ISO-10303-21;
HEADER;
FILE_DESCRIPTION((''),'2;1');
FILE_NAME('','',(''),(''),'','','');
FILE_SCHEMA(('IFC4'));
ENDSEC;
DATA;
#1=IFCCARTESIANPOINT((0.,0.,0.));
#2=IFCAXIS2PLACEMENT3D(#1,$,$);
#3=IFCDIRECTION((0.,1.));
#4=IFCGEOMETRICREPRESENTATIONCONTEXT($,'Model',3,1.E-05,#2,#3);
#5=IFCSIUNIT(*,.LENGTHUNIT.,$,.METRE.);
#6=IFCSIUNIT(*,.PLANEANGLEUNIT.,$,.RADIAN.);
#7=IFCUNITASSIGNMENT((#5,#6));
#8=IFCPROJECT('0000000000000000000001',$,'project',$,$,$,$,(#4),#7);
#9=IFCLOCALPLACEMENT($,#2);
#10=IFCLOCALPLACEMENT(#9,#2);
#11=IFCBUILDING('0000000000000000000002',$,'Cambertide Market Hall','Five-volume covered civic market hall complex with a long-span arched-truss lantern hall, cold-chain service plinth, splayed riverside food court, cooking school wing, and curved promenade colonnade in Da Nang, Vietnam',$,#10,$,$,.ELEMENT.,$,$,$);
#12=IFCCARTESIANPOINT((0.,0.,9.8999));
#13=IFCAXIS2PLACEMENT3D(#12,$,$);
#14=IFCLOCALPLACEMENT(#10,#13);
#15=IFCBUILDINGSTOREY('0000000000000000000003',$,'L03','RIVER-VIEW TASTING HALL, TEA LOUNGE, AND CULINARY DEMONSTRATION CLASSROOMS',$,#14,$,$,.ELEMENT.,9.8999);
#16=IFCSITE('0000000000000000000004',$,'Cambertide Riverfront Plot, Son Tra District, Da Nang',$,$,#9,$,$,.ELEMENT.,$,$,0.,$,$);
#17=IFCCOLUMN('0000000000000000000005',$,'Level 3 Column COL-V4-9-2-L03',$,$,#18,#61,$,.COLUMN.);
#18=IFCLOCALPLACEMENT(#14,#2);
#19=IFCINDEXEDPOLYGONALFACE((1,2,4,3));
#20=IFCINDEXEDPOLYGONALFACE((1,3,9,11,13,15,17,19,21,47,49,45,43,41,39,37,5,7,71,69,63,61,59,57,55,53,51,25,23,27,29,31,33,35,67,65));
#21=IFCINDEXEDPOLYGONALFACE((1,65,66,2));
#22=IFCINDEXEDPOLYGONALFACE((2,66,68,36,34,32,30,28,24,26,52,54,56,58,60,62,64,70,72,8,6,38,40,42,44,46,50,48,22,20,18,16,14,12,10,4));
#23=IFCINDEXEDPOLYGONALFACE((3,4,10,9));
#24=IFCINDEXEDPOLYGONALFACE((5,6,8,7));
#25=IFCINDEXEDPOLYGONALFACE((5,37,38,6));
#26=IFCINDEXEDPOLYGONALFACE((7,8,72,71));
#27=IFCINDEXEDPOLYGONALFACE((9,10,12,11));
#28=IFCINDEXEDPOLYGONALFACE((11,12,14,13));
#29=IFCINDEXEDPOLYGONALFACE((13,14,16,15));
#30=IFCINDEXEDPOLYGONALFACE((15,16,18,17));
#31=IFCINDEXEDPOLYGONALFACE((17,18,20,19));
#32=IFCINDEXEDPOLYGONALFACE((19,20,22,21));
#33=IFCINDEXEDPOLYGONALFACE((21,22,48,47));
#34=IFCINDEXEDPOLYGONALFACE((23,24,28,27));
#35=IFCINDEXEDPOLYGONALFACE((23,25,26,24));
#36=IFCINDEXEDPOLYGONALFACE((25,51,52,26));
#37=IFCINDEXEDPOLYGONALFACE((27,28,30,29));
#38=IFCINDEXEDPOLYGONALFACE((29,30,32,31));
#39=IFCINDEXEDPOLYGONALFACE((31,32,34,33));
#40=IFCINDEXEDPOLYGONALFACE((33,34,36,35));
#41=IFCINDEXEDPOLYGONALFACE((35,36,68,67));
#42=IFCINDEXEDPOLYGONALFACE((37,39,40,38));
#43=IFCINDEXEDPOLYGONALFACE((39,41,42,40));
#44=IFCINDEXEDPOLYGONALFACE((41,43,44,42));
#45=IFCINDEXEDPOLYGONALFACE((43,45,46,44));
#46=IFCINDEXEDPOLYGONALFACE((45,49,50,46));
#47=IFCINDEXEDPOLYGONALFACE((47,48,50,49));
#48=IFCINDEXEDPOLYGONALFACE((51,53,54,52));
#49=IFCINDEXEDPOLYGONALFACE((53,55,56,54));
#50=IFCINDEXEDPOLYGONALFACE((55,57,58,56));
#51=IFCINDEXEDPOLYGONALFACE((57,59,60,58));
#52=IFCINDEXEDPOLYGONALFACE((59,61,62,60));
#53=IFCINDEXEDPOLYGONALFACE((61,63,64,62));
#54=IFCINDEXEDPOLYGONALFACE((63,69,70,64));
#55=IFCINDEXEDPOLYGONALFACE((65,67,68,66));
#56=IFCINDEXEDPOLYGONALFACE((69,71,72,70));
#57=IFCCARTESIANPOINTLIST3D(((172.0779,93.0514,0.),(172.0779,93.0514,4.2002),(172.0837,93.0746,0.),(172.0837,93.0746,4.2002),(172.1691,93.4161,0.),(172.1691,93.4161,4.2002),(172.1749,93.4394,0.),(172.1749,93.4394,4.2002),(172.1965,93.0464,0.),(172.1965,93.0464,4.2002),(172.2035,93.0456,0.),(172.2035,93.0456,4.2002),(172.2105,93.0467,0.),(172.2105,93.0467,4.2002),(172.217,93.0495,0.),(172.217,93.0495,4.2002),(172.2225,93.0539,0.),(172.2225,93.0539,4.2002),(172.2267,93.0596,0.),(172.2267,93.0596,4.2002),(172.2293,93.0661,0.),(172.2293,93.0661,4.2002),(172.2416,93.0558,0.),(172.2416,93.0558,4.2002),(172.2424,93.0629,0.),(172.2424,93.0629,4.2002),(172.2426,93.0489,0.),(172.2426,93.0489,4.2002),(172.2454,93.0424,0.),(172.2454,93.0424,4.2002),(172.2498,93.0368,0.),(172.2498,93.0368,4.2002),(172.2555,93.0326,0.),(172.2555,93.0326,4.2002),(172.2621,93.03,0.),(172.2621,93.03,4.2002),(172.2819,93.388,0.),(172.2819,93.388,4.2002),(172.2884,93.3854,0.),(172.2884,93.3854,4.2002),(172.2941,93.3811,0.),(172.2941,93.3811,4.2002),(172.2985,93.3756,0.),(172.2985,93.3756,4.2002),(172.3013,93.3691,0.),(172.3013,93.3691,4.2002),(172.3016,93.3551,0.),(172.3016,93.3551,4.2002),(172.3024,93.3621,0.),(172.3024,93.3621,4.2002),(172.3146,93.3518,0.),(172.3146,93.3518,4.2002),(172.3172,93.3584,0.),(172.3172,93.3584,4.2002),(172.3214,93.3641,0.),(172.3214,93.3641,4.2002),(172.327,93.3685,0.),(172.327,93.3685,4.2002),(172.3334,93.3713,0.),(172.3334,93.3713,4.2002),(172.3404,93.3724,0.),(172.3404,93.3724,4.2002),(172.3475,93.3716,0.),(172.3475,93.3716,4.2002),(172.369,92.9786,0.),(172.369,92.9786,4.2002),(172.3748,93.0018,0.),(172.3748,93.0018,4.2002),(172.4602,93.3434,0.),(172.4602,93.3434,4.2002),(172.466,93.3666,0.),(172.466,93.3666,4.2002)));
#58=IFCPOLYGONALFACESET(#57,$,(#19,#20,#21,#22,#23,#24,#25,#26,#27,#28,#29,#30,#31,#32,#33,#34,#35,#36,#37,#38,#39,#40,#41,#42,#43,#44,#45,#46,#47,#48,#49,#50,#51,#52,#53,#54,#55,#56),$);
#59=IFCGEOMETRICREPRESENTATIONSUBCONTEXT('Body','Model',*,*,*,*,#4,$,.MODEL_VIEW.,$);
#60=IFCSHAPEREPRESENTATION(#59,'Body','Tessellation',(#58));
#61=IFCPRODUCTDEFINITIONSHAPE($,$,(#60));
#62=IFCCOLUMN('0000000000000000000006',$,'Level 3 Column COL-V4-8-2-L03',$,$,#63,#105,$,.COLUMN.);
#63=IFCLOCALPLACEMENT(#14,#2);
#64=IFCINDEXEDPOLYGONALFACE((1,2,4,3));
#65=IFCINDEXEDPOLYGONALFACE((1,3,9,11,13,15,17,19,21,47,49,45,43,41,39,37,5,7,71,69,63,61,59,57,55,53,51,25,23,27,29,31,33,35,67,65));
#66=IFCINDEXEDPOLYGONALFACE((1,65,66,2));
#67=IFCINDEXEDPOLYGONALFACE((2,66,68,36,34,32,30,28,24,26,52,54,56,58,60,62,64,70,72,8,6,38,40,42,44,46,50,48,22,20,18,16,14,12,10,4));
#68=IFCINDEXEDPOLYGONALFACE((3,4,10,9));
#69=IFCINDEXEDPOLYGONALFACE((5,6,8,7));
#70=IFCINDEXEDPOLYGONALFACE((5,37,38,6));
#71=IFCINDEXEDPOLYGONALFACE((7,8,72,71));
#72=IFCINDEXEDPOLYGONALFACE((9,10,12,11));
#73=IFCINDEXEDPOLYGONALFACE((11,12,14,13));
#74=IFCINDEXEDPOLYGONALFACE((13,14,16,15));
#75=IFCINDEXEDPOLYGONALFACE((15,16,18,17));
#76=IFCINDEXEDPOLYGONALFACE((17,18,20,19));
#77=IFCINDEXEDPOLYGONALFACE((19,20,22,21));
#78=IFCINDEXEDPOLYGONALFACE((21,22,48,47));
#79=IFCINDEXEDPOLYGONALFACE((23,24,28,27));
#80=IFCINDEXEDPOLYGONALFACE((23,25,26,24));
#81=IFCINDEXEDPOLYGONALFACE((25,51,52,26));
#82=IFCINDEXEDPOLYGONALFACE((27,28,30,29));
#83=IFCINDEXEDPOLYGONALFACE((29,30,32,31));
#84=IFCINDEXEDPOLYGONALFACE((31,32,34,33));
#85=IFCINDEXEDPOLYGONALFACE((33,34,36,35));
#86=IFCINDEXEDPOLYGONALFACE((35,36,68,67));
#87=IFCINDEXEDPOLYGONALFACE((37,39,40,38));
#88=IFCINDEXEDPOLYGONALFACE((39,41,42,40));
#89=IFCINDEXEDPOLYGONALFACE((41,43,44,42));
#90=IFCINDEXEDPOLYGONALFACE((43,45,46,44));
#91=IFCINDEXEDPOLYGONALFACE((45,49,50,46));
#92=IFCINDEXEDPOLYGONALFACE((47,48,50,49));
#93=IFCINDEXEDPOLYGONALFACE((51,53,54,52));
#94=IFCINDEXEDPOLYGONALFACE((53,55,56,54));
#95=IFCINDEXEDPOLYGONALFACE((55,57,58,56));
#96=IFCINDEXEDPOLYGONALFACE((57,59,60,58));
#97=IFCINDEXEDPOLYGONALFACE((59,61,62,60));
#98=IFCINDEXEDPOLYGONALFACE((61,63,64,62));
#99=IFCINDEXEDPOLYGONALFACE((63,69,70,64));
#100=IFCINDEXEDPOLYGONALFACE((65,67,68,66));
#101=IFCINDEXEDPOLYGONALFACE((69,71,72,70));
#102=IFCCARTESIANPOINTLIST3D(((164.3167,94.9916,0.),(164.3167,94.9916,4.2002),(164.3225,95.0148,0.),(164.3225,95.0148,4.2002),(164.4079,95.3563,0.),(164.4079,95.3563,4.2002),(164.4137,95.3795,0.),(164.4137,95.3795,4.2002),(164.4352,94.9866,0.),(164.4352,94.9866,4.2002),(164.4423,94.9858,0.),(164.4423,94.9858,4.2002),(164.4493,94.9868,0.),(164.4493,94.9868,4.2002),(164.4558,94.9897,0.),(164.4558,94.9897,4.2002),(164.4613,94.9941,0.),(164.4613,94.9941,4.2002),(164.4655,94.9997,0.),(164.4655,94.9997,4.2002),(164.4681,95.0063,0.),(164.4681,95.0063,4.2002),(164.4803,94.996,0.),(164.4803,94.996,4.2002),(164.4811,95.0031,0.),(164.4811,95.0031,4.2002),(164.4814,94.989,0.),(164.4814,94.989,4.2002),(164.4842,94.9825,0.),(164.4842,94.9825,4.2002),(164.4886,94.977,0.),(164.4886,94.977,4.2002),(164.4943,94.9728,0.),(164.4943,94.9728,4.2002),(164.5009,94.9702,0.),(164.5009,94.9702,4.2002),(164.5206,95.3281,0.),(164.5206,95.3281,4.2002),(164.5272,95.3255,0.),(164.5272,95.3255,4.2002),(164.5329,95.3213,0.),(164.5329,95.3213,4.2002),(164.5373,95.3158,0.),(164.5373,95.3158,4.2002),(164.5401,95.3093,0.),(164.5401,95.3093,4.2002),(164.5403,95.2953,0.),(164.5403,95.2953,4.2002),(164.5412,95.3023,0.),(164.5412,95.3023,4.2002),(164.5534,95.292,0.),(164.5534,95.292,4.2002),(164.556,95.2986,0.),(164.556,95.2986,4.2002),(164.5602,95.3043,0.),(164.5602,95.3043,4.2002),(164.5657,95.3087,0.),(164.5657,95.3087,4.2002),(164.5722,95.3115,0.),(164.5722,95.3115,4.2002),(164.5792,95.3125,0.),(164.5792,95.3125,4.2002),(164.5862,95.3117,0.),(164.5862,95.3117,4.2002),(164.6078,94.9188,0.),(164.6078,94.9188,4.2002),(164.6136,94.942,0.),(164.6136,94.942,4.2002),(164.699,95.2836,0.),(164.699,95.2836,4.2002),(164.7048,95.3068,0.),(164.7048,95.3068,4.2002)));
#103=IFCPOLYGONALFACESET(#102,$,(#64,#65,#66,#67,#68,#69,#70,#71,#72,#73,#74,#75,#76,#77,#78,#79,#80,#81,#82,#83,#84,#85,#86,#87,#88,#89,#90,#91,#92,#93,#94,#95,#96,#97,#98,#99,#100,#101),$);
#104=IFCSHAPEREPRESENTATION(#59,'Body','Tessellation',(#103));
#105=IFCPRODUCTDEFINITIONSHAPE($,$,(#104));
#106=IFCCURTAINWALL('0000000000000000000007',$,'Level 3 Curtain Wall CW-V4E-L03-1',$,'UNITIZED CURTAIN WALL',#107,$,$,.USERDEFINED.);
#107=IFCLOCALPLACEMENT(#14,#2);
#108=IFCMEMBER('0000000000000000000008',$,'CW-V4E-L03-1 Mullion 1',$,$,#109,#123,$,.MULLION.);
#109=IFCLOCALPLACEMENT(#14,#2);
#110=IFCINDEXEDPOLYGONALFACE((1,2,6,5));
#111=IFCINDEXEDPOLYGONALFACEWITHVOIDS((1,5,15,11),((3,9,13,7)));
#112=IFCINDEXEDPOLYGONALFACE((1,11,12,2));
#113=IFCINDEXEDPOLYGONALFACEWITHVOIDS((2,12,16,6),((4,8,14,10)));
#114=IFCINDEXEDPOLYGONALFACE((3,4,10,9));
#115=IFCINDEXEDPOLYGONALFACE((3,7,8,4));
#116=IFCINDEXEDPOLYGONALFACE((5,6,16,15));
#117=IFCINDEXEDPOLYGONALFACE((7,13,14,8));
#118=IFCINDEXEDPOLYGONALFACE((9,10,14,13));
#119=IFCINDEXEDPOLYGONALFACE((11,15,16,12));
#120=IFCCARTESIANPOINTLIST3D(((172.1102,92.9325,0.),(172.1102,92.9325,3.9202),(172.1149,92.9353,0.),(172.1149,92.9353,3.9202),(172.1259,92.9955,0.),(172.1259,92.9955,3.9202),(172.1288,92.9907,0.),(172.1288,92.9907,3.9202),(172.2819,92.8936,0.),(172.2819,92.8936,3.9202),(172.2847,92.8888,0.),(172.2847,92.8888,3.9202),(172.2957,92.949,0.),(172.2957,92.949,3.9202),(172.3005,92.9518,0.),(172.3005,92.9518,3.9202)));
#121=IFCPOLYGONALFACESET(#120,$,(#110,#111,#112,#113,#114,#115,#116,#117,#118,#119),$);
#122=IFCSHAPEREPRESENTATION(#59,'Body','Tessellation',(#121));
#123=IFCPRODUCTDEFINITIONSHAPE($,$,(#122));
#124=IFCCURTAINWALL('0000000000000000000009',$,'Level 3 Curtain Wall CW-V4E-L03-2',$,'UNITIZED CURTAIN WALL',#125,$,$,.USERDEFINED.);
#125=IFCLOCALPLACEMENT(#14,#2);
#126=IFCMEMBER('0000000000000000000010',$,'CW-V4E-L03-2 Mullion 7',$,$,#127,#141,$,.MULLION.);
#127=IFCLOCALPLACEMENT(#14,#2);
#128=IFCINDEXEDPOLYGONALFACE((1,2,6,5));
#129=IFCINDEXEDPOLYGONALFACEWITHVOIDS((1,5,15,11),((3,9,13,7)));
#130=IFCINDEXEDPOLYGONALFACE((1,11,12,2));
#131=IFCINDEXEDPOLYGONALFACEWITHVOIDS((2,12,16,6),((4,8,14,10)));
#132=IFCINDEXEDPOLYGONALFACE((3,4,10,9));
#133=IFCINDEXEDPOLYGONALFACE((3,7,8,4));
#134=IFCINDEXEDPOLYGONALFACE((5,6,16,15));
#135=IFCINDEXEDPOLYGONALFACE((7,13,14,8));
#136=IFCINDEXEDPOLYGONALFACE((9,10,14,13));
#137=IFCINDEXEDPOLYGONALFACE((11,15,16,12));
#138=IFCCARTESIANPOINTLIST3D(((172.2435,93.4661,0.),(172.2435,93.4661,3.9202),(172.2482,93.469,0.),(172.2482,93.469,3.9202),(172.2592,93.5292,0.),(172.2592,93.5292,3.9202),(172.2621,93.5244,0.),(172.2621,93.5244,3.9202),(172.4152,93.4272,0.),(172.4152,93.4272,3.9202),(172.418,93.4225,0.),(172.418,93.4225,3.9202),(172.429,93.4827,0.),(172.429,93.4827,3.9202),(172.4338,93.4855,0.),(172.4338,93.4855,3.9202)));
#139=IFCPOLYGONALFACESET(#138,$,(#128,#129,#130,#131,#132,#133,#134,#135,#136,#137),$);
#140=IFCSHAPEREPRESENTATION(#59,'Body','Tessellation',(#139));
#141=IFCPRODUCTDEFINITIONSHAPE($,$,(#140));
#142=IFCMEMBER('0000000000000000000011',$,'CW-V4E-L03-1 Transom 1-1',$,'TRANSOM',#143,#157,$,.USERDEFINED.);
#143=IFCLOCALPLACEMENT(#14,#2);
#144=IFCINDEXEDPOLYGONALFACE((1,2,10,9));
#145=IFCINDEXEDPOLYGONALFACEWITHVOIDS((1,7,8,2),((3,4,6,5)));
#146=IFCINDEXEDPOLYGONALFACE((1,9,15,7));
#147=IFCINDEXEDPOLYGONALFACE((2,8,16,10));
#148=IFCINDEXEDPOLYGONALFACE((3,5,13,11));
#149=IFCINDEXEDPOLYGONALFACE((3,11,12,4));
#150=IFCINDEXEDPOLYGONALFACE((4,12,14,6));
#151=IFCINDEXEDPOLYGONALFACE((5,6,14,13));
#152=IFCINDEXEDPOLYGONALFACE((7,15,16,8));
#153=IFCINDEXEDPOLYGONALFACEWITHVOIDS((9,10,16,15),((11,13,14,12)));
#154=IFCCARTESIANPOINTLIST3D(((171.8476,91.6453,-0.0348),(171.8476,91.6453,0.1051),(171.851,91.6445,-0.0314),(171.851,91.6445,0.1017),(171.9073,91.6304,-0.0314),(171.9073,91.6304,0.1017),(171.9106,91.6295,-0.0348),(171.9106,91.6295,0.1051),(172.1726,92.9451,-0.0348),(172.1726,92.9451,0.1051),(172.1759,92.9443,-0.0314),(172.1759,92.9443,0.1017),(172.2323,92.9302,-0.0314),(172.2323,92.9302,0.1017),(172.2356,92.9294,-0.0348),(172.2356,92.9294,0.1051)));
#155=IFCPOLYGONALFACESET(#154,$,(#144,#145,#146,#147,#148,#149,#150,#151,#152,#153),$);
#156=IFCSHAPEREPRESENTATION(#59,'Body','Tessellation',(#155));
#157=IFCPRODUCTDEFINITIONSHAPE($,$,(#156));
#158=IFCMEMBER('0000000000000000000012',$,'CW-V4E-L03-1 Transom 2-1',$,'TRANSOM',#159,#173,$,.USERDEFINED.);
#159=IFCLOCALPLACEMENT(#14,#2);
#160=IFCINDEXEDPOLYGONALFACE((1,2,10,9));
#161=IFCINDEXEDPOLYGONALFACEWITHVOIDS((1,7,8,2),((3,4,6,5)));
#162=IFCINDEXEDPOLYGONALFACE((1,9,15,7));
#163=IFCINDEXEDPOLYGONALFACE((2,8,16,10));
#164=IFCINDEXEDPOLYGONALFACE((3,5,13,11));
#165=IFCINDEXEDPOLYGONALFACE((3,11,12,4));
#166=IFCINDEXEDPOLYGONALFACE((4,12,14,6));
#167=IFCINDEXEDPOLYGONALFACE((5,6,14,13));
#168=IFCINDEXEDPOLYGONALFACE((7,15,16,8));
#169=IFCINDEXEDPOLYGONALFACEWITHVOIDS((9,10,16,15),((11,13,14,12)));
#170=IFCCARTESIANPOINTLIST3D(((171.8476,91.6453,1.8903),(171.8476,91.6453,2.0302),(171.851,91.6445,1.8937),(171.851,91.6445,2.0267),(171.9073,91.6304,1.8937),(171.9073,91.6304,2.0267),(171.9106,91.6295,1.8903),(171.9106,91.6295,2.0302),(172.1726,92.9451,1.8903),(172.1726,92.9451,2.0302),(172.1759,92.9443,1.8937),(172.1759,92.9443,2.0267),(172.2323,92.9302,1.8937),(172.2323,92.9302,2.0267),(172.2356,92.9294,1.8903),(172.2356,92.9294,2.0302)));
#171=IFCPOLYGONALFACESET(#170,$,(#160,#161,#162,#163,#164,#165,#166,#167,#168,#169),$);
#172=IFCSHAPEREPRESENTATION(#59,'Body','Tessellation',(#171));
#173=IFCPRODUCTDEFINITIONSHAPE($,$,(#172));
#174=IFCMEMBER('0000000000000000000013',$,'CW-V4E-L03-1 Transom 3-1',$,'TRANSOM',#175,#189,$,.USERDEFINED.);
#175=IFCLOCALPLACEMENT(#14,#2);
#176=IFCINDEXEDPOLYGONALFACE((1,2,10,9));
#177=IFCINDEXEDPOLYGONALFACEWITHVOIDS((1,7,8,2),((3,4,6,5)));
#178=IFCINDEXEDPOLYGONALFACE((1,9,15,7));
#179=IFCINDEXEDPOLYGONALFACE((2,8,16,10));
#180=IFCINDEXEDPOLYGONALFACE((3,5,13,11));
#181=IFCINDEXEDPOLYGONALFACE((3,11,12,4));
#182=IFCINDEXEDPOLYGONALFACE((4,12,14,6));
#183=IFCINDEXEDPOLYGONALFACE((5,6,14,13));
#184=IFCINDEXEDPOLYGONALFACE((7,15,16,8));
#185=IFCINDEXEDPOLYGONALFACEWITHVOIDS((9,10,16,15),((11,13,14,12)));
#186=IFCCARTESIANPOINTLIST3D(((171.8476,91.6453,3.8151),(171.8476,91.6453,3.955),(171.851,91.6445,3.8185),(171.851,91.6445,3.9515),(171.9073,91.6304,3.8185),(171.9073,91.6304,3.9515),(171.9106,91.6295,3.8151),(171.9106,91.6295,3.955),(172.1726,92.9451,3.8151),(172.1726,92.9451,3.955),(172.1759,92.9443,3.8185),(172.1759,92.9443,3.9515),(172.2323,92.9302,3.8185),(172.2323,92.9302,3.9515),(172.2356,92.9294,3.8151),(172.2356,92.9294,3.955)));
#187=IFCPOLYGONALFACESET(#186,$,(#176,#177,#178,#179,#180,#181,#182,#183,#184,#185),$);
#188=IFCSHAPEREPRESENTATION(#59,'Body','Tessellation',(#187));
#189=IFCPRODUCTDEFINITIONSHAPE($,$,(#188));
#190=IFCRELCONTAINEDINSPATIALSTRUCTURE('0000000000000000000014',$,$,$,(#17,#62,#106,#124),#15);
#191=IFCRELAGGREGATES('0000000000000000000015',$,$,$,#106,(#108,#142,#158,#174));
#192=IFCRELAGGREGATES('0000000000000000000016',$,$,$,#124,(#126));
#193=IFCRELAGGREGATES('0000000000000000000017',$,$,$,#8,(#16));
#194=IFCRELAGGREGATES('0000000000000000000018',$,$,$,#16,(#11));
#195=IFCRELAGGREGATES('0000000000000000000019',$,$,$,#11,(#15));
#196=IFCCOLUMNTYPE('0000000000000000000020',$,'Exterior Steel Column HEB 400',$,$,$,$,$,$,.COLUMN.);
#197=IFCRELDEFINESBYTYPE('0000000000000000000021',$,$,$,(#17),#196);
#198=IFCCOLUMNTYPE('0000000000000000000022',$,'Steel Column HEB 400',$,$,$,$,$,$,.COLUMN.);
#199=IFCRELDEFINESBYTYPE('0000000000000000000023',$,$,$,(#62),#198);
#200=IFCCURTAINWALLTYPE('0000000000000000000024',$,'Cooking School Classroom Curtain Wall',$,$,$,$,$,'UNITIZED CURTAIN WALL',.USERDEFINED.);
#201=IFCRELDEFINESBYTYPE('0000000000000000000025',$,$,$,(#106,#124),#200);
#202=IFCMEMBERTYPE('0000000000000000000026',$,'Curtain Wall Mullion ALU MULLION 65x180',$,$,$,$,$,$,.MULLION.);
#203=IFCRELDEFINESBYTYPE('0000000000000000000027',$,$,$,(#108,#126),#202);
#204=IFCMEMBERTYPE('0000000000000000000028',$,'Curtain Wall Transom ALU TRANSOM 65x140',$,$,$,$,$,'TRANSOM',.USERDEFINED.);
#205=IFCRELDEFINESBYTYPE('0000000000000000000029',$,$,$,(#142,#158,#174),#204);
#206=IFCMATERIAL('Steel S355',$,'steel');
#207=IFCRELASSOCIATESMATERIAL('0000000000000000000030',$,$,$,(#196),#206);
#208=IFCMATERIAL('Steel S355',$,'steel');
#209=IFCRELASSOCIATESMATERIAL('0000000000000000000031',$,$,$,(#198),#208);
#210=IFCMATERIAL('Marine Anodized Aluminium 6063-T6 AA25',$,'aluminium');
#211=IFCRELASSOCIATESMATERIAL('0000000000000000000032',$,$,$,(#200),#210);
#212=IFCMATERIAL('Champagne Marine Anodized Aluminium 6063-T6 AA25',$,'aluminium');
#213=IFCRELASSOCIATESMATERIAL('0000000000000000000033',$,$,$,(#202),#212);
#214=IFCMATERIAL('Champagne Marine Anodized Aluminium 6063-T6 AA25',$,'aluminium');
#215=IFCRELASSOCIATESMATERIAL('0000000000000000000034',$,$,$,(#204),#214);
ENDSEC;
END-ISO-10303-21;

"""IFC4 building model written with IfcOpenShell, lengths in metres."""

from ifc_helpers import new_model, si_unit, direction, frame, origin, origin_2d, place, context, subcontext, project, spatial, hollow_rectangle, i_section, extrude, material, material_profile, profile_set, type_object, element, aggregate, save


model = new_model("IFC4")

# Units and contexts
model_context = context("Model", 3, precision=1e-05, world=origin(), true_north=direction((0.0, 1.0)))
body_context = subcontext(model_context, "Body", "Model", "MODEL_VIEW")
ifc_project = project(units=[si_unit("LENGTHUNIT", "METRE"), si_unit("PLANEANGLEUNIT", "RADIAN")], contexts=[model_context])

# Site, building, storey
site_placement = place(None, origin())
site = spatial("IfcSite", under=ifc_project, at=site_placement, Name="Cambertide Riverfront Plot, Son Tra District, Da Nang", CompositionType="ELEMENT", RefElevation=0.0)
building_placement = place(site_placement, origin())
building = spatial("IfcBuilding", under=site, at=building_placement, Name="Cambertide Market Hall", Description="Five-volume covered civic market hall complex with a long-span arched-truss lantern hall, cold-chain service plinth, splayed riverside food court, cooking school wing, and curved promenade colonnade in Da Nang, Vietnam", CompositionType="ELEMENT")
storey_placement = place(building_placement, frame((0.0, 0.0, 9.8999)))
storey = spatial("IfcBuildingStorey", under=building, at=storey_placement, Name="L03", Description="RIVER-VIEW TASTING HALL, TEA LOUNGE, AND CULINARY DEMONSTRATION CLASSROOMS", CompositionType="ELEMENT", Elevation=9.8999)

# Columns
ifc_material_1 = material(Name="Steel S355", Category="steel")
ifc_material_profile_1 = material_profile(ifc_material_1, i_section(OverallWidth=0.3, OverallDepth=0.3999, WebThickness=0.0134, FlangeThickness=0.0239, FilletRadius=0.0271, at=origin_2d()), Name="HEB 400")
ifc_profile_set_1 = profile_set([ifc_material_profile_1], Name="Steel S355")
column_type_1 = type_object("IfcColumnType", Name="Exterior Steel Column HEB 400", PredefinedType="COLUMN", material=ifc_profile_set_1)
column_1_placement = place(storey_placement, frame((172.272, 93.209, 0.0), z_axis=(0.0, 0.0, 1.0), x_axis=(0.970143, -0.242536, 0.0)))
element("IfcColumn", 1, at=column_1_placement, inside=storey, type_object=column_type_1, Name="Level 3 Column COL-V4-9-2-L03", PredefinedType="COLUMN", context=body_context, shape_type="SweptSolid", body=[
    extrude(i_section(OverallWidth=0.3, OverallDepth=0.3999, WebThickness=0.0134, FlangeThickness=0.0239, FilletRadius=0.0271, at=origin_2d()), origin(), (0.0, 0.0, 1.0), 4.2002),
])
ifc_material_2 = material(Name="Steel S355", Category="steel")
ifc_material_profile_2 = material_profile(ifc_material_2, i_section(OverallWidth=0.3, OverallDepth=0.3999, WebThickness=0.0134, FlangeThickness=0.0239, FilletRadius=0.0271, at=origin_2d()), Name="HEB 400")
ifc_profile_set_2 = profile_set([ifc_material_profile_2], Name="Steel S355")
column_type_2 = type_object("IfcColumnType", Name="Steel Column HEB 400", PredefinedType="COLUMN", material=ifc_profile_set_2)
column_2_placement = place(storey_placement, frame((164.5107, 95.1492, 0.0), z_axis=(0.0, 0.0, 1.0), x_axis=(0.970143, -0.242536, 0.0)))
element("IfcColumn", 2, at=column_2_placement, inside=storey, type_object=column_type_2, Name="Level 3 Column COL-V4-8-2-L03", PredefinedType="COLUMN", context=body_context, shape_type="SweptSolid", body=[
    extrude(i_section(OverallWidth=0.3, OverallDepth=0.3999, WebThickness=0.0134, FlangeThickness=0.0239, FilletRadius=0.0271, at=origin_2d()), origin(), (0.0, 0.0, 1.0), 4.2002),
])

# Curtain walls, members
ifc_material_3 = material(Name="Marine Anodized Aluminium 6063-T6 AA25", Category="aluminium")
curtain_wall_type = type_object("IfcCurtainWallType", Name="Cooking School Classroom Curtain Wall", ElementType="UNITIZED CURTAIN WALL", PredefinedType="USERDEFINED", material=ifc_material_3)
curtain_wall_1_placement = place(storey_placement, origin())
curtain_wall_1 = element("IfcCurtainWall", 3, at=curtain_wall_1_placement, inside=storey, type_object=curtain_wall_type, Name="Level 3 Curtain Wall CW-V4E-L03-1", ObjectType="UNITIZED CURTAIN WALL", PredefinedType="USERDEFINED")
ifc_material_4 = material(Name="Champagne Marine Anodized Aluminium 6063-T6 AA25", Category="aluminium")
ifc_material_profile_3 = material_profile(ifc_material_4, hollow_rectangle(XDim=0.0649, YDim=0.1799, WallThickness=0.0039, at=origin_2d()), Name="ALU MULLION 65x180")
ifc_profile_set_3 = profile_set([ifc_material_profile_3], Name="Champagne Marine Anodized Aluminium 6063-T6 AA25")
member_type_1 = type_object("IfcMemberType", Name="Curtain Wall Mullion ALU MULLION 65x180", PredefinedType="MULLION", material=ifc_profile_set_3)
member_1_placement = place(storey_placement, frame((172.2053, 92.9421, 0.0), z_axis=(0.0, 0.0, 1.0), x_axis=(-0.242536, -0.970143, 0.0)))
member_1 = element("IfcMember", 4, at=member_1_placement, type_object=member_type_1, Name="CW-V4E-L03-1 Mullion 1", PredefinedType="MULLION", context=body_context, shape_type="SweptSolid", body=[
    extrude(hollow_rectangle(XDim=0.0649, YDim=0.1799, WallThickness=0.0039, at=origin_2d()), origin(), (0.0, 0.0, 1.0), 3.9202),
])
curtain_wall_2_placement = place(storey_placement, origin())
curtain_wall_2 = element("IfcCurtainWall", 5, at=curtain_wall_2_placement, inside=storey, type_object=curtain_wall_type, Name="Level 3 Curtain Wall CW-V4E-L03-2", ObjectType="UNITIZED CURTAIN WALL", PredefinedType="USERDEFINED")
member_2_placement = place(storey_placement, frame((172.3386, 93.4758, 0.0), z_axis=(0.0, 0.0, 1.0), x_axis=(-0.242536, -0.970142, 0.0)))
member_2 = element("IfcMember", 6, at=member_2_placement, type_object=member_type_1, Name="CW-V4E-L03-2 Mullion 7", PredefinedType="MULLION", context=body_context, shape_type="SweptSolid", body=[
    extrude(hollow_rectangle(XDim=0.0649, YDim=0.1799, WallThickness=0.0039, at=origin_2d()), origin(), (0.0, 0.0, 1.0), 3.9202),
])

# Members
ifc_material_5 = material(Name="Champagne Marine Anodized Aluminium 6063-T6 AA25", Category="aluminium")
ifc_material_profile_4 = material_profile(ifc_material_5, hollow_rectangle(XDim=0.0649, YDim=0.1399, WallThickness=0.0034, at=origin_2d()), Name="ALU TRANSOM 65x140")
ifc_profile_set_4 = profile_set([ifc_material_profile_4], Name="Champagne Marine Anodized Aluminium 6063-T6 AA25")
member_type_2 = type_object("IfcMemberType", Name="Curtain Wall Transom ALU TRANSOM 65x140", ElementType="TRANSOM", PredefinedType="USERDEFINED", material=ifc_profile_set_4)
member_3_placement = place(storey_placement, frame((172.2041, 92.9373, 0.0352), z_axis=(-0.242536, -0.970143, 0.0), x_axis=(0.970143, -0.242536, 0.0)))
member_3 = element("IfcMember", 7, at=member_3_placement, type_object=member_type_2, Name="CW-V4E-L03-1 Transom 1-1", ObjectType="TRANSOM", PredefinedType="USERDEFINED", context=body_context, shape_type="SweptSolid", body=[
    extrude(hollow_rectangle(XDim=0.0649, YDim=0.1399, WallThickness=0.0034, at=origin_2d()), origin(), (0.0, 0.0, 1.0), 1.3398),
])
member_4_placement = place(storey_placement, frame((172.2041, 92.9373, 1.9602), z_axis=(-0.242536, -0.970143, 0.0), x_axis=(0.970143, -0.242536, 0.0)))
member_4 = element("IfcMember", 8, at=member_4_placement, type_object=member_type_2, Name="CW-V4E-L03-1 Transom 2-1", ObjectType="TRANSOM", PredefinedType="USERDEFINED", context=body_context, shape_type="SweptSolid", body=[
    extrude(hollow_rectangle(XDim=0.0649, YDim=0.1399, WallThickness=0.0034, at=origin_2d()), origin(), (0.0, 0.0, 1.0), 1.3398),
])
member_5_placement = place(storey_placement, frame((172.2041, 92.9373, 3.885), z_axis=(-0.242536, -0.970143, 0.0), x_axis=(0.970143, -0.242536, 0.0)))
member_5 = element("IfcMember", 9, at=member_5_placement, type_object=member_type_2, Name="CW-V4E-L03-1 Transom 3-1", ObjectType="TRANSOM", PredefinedType="USERDEFINED", context=body_context, shape_type="SweptSolid", body=[
    extrude(hollow_rectangle(XDim=0.0649, YDim=0.1399, WallThickness=0.0034, at=origin_2d()), origin(), (0.0, 0.0, 1.0), 1.3398),
])

aggregate(curtain_wall_1, [member_1, member_3, member_4, member_5])
aggregate(curtain_wall_2, [member_2])

save(model, "model.ifc")
